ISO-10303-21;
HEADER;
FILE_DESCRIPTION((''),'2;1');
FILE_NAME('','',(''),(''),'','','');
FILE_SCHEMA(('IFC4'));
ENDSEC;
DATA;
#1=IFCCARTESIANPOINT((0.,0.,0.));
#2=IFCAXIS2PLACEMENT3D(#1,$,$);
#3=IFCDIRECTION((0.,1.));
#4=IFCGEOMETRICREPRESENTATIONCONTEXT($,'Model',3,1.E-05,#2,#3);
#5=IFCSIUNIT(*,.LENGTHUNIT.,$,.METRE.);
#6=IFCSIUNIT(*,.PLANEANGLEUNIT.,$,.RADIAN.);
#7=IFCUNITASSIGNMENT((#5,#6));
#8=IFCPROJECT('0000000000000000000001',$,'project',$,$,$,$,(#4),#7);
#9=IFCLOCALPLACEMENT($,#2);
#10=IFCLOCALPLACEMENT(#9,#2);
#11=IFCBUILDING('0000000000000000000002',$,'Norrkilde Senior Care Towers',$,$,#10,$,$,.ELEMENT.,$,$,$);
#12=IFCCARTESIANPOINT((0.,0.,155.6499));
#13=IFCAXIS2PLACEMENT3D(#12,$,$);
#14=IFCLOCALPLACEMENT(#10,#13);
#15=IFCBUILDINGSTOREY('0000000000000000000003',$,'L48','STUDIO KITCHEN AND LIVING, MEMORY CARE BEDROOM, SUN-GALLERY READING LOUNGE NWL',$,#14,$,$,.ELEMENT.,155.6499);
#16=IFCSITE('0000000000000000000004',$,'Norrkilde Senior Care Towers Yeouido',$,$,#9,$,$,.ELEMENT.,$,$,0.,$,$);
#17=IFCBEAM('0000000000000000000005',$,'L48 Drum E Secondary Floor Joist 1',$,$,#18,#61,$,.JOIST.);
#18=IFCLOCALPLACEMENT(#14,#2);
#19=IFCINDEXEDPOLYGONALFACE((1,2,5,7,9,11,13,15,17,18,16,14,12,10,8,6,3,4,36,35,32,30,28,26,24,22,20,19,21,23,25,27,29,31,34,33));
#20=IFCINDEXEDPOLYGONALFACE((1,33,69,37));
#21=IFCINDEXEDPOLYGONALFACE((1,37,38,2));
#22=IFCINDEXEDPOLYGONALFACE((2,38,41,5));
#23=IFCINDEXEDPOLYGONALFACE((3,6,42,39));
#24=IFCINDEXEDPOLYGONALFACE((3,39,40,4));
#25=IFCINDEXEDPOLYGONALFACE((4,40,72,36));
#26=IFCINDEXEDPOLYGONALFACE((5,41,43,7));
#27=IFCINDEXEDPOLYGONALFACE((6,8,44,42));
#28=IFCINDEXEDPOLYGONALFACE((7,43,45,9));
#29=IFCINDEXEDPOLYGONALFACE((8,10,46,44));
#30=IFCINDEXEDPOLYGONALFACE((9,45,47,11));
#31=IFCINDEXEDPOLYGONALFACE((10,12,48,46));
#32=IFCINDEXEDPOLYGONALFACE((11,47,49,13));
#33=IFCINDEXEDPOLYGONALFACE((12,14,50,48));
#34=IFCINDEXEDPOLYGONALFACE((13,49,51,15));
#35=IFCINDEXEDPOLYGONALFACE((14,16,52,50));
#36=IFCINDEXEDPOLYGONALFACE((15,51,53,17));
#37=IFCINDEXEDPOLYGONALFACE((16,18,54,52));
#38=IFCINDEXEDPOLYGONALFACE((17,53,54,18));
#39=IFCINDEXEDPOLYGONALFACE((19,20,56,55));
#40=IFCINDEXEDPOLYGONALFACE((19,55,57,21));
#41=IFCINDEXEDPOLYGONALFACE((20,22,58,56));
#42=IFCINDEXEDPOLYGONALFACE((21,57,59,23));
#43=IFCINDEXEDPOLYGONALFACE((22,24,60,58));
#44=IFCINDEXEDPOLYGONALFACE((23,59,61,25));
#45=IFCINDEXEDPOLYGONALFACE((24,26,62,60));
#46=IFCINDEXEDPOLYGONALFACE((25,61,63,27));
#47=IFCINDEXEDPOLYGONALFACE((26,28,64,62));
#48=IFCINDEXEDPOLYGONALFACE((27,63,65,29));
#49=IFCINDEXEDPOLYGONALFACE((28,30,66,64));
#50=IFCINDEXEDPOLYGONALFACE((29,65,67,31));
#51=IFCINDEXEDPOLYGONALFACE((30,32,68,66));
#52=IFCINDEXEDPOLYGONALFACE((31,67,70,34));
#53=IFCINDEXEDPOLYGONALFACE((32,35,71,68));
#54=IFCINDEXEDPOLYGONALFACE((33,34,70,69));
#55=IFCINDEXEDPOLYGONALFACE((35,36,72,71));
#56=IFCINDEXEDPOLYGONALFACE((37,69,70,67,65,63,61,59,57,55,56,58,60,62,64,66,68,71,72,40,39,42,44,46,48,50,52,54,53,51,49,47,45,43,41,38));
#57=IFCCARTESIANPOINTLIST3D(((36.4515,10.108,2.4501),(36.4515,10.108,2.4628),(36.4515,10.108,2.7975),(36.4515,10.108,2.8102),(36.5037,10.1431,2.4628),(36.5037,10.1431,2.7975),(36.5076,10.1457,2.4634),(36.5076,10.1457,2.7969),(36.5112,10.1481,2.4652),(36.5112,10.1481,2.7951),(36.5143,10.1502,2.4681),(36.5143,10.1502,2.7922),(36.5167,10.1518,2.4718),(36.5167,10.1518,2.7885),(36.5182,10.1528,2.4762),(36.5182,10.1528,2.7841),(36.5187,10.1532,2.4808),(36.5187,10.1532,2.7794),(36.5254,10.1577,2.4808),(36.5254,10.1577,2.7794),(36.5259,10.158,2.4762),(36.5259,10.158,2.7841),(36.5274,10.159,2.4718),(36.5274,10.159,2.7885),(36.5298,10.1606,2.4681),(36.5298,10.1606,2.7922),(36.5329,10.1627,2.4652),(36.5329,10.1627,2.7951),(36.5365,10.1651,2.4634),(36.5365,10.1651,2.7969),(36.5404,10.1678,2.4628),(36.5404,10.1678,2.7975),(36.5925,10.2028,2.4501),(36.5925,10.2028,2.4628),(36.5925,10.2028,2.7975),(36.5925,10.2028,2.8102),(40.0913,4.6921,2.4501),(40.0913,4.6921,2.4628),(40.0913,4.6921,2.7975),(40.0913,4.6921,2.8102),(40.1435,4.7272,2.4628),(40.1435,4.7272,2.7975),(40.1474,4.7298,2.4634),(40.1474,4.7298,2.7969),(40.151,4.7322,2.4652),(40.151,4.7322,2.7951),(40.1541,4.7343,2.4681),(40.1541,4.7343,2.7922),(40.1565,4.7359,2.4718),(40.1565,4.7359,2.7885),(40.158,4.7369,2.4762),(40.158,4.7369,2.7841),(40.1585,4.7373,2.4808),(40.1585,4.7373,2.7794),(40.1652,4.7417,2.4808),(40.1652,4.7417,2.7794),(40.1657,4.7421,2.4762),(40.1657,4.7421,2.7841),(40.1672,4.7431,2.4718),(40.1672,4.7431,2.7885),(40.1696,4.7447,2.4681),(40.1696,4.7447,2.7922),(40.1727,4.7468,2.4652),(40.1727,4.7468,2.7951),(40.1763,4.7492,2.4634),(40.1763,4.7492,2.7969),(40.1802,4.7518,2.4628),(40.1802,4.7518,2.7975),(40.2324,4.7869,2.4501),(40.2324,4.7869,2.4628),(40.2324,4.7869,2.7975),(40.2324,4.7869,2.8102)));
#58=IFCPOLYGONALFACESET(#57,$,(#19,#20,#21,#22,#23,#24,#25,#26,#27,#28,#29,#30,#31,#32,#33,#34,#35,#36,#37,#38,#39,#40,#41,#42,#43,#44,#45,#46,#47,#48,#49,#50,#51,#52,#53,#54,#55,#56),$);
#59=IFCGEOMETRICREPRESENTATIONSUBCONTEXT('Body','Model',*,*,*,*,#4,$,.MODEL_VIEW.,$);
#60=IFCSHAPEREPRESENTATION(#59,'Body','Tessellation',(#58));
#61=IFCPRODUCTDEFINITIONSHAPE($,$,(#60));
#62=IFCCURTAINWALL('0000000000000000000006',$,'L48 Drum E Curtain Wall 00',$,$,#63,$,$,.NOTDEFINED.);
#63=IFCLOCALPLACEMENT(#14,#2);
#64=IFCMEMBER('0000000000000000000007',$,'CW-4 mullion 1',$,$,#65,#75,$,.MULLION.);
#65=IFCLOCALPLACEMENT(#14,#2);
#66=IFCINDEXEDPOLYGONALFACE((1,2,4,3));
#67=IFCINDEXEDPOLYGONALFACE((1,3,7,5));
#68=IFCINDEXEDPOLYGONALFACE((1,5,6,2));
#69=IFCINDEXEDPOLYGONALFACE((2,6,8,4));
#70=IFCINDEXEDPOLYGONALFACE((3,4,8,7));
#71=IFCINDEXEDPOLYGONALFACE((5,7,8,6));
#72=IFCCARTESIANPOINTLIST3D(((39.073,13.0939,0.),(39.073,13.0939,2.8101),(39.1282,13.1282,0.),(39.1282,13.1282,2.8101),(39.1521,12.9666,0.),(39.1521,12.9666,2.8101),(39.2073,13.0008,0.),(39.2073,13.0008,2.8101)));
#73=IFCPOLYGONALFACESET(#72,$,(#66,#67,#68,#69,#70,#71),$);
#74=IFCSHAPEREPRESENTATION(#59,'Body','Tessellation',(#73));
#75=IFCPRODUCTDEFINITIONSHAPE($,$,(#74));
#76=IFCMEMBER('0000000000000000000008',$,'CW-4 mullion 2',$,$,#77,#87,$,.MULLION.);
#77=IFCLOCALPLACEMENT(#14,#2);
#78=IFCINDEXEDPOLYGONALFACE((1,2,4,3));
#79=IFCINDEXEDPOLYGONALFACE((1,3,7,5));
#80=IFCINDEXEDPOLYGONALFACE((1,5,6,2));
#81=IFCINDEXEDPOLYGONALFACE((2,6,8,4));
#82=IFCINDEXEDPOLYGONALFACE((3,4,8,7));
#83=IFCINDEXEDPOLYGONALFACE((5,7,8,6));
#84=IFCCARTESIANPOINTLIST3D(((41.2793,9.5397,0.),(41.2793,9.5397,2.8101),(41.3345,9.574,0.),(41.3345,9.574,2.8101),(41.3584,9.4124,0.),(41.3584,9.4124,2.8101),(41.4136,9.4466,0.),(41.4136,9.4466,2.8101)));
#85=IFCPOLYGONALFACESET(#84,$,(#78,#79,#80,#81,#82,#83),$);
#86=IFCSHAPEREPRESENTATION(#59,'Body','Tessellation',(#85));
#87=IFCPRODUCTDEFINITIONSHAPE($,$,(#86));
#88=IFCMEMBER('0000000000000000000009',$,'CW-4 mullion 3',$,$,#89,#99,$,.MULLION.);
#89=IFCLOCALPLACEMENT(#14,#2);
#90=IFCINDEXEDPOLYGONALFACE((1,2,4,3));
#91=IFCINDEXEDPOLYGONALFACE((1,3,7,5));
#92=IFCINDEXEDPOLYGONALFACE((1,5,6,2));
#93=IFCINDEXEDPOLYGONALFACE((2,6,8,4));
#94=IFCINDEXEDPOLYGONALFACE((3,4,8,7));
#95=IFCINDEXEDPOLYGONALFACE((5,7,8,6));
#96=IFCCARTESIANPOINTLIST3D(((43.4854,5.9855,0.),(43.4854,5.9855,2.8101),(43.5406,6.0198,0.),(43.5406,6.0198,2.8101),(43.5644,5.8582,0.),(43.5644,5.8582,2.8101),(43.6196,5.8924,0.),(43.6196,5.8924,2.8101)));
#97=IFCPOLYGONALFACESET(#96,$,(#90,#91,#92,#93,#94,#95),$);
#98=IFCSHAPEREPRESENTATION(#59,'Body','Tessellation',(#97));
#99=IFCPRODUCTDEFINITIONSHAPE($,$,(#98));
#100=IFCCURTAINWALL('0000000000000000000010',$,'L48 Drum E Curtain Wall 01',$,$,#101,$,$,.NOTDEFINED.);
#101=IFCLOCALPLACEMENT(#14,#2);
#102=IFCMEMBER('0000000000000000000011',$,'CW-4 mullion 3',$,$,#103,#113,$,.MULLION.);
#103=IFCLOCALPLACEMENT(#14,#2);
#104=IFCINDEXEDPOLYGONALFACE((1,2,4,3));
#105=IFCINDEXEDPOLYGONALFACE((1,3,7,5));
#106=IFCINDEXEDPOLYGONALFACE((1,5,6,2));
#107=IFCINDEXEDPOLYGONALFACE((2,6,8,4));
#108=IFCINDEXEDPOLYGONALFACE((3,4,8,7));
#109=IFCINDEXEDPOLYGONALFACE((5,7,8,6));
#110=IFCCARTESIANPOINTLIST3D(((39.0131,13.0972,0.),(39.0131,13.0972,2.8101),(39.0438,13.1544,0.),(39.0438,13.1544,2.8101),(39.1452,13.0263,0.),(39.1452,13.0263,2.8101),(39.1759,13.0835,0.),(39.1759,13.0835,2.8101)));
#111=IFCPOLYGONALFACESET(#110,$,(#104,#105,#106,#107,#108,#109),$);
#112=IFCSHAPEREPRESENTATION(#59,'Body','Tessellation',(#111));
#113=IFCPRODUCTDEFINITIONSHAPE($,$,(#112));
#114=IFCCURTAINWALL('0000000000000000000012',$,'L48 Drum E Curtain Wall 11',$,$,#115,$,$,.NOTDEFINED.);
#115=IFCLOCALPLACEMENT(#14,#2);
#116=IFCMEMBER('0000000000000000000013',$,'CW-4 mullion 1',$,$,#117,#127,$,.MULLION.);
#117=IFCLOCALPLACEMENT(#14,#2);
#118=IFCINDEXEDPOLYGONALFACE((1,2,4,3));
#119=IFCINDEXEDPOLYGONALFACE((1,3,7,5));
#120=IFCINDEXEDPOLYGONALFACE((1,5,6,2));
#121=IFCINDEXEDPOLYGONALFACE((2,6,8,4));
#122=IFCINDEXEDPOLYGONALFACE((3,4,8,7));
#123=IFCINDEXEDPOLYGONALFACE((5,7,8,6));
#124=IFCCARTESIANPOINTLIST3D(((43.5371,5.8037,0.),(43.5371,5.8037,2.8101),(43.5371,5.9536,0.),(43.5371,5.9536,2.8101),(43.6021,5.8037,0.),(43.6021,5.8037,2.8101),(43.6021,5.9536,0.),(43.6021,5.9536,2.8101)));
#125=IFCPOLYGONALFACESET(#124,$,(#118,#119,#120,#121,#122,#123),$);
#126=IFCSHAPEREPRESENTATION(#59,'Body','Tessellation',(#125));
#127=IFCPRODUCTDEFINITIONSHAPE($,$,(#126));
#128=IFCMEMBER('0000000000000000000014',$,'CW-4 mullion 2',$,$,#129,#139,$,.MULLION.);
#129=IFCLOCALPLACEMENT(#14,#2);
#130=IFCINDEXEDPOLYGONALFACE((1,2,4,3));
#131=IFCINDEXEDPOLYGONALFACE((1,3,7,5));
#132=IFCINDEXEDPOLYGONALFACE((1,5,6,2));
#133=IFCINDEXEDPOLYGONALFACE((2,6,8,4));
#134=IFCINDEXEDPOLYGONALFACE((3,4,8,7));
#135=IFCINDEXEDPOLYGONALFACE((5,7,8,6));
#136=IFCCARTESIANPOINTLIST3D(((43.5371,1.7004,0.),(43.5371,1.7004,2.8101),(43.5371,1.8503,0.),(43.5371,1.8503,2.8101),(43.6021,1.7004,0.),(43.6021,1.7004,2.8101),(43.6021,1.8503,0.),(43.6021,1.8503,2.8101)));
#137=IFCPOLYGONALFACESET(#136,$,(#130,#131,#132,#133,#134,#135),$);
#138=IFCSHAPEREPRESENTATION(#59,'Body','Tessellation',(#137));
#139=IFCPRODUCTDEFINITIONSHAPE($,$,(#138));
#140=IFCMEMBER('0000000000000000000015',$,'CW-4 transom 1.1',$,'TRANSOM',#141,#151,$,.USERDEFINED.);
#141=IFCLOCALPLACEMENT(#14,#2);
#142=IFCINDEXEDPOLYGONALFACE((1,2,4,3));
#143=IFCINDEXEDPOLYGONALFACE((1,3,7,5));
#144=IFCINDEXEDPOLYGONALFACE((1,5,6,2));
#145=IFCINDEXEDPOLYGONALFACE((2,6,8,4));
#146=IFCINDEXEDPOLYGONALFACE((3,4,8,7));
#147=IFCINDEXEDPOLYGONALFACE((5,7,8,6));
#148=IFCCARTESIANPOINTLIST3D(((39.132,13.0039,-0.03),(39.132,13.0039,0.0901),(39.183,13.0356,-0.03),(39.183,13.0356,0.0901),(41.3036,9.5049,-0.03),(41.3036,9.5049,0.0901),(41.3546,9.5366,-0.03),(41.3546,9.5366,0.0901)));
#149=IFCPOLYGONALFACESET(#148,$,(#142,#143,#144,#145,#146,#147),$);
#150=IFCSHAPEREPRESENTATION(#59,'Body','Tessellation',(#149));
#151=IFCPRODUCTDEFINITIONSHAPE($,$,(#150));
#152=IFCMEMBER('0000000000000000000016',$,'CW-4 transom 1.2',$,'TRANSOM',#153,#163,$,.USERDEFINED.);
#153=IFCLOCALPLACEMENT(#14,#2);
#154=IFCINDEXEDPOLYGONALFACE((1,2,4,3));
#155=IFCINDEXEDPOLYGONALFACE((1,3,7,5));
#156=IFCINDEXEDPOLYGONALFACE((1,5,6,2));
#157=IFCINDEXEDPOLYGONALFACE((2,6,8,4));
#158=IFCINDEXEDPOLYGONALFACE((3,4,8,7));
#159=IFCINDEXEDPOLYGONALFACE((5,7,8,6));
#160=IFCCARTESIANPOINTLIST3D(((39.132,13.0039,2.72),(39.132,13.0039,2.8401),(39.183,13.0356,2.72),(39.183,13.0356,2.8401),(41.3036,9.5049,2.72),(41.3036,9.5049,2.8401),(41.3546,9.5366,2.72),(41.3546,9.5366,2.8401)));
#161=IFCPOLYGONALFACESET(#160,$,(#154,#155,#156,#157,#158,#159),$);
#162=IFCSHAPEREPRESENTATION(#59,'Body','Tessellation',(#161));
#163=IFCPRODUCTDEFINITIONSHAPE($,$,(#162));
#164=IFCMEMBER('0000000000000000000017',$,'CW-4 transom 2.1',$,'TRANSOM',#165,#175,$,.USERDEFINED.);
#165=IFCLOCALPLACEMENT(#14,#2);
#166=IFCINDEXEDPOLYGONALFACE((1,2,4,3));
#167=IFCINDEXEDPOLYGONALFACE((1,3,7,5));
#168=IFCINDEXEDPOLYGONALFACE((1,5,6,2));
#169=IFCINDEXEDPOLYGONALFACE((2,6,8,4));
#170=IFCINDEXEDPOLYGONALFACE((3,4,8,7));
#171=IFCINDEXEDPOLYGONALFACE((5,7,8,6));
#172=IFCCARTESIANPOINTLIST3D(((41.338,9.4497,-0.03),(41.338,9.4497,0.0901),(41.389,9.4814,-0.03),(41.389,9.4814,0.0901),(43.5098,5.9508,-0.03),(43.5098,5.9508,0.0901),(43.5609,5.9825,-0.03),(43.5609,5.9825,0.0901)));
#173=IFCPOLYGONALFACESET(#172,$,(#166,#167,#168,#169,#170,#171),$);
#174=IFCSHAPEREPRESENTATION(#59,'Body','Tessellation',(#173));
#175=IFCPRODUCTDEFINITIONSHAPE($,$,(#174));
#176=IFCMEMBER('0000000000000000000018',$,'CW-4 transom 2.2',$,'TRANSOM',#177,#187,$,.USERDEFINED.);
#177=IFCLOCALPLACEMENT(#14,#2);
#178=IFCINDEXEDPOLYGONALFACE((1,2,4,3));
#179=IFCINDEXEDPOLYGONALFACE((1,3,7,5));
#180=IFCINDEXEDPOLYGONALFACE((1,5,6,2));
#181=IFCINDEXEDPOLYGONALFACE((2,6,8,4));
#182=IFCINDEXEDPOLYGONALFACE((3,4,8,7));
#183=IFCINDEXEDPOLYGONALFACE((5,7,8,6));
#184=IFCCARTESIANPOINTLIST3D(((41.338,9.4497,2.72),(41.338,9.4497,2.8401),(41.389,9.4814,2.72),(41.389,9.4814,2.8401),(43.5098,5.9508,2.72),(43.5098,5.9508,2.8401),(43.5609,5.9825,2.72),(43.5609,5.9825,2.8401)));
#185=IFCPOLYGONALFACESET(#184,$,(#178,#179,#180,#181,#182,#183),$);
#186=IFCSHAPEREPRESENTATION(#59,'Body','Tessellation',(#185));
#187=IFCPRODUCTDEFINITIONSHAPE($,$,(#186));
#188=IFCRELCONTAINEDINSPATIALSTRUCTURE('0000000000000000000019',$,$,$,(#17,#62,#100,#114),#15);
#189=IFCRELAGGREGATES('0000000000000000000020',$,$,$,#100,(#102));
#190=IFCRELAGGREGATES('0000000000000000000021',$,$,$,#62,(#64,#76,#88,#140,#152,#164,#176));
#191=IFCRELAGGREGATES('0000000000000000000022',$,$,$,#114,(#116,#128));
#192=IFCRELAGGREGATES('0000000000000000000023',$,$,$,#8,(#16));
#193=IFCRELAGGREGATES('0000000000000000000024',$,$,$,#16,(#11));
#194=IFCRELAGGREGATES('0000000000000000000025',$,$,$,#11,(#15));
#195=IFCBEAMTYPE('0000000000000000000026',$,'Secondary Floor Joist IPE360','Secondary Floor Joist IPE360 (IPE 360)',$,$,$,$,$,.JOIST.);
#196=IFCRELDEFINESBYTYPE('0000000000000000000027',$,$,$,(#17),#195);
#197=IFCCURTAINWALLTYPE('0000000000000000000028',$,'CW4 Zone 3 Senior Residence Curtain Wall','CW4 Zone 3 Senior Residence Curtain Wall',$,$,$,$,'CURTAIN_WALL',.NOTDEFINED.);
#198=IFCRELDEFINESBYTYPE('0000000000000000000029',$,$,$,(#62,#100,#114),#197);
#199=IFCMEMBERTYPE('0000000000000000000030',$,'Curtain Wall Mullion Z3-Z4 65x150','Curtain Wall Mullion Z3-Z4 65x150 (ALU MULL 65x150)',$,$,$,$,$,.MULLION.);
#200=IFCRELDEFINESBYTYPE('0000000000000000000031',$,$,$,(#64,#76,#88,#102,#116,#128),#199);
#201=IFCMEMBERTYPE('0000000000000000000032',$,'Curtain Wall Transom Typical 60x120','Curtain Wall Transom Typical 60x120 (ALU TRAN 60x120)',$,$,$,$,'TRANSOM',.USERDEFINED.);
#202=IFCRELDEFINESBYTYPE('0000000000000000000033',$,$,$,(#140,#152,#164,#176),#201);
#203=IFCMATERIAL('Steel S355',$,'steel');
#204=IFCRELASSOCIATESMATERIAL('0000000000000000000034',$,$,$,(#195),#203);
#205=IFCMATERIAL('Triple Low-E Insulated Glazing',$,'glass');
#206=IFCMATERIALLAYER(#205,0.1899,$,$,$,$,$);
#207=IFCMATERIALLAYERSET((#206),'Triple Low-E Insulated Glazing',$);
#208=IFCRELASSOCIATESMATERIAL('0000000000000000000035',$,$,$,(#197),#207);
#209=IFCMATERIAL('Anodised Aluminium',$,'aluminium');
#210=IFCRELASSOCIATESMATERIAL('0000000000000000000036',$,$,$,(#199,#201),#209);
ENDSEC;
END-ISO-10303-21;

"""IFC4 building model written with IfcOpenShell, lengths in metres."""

from ifc_helpers import new_model, si_unit, direction, frame, origin, origin_2d, place, context, subcontext, project, spatial, rectangle, i_section, extrude, source, transform, mapped, material, layer, layer_set, material_profile, profile_set, type_object, type_shapes, element, aggregate, save


model = new_model("IFC4")

# Units and contexts
model_context = context("Model", 3, precision=1e-05, world=origin(), true_north=direction((0.0, 1.0)))
body_context = subcontext(model_context, "Body", "Model", "MODEL_VIEW")
ifc_project = project(units=[si_unit("LENGTHUNIT", "METRE"), si_unit("PLANEANGLEUNIT", "RADIAN")], contexts=[model_context])

# Site, building, storey
site_placement = place(None, origin())
site = spatial("IfcSite", under=ifc_project, at=site_placement, Name="Norrkilde Senior Care Towers Yeouido", CompositionType="ELEMENT", RefElevation=0.0)
building_placement = place(site_placement, origin())
building = spatial("IfcBuilding", under=site, at=building_placement, Name="Norrkilde Senior Care Towers", CompositionType="ELEMENT")
storey_placement = place(building_placement, frame((0.0, 0.0, 155.6499)))
storey = spatial("IfcBuildingStorey", under=building, at=storey_placement, Name="L48", Description="STUDIO KITCHEN AND LIVING, MEMORY CARE BEDROOM, SUN-GALLERY READING LOUNGE NWL", CompositionType="ELEMENT", Elevation=155.6499)

# Beam
ifc_material_1 = material(Name="Steel S355", Category="steel")
ifc_material_profile_1 = material_profile(ifc_material_1, i_section(OverallWidth=0.1699, OverallDepth=0.3601, WebThickness=0.0081, FlangeThickness=0.0127, FilletRadius=0.0181, at=origin_2d()), Name="IPE 360")
ifc_profile_set_1 = profile_set([ifc_material_profile_1], Name="Steel S355")
beam_type_1 = type_object("IfcBeamType", Name="Secondary Floor Joist IPE360", Description="Secondary Floor Joist IPE360 (IPE 360)", PredefinedType="JOIST", material=ifc_profile_set_1)
shared_shape_1 = source(origin(), body_context, "Body", "SweptSolid", [
    extrude(i_section(OverallWidth=0.1699, OverallDepth=0.3601, WebThickness=0.0081, FlangeThickness=0.0127, FilletRadius=0.0181, at=origin_2d()), origin(), (0.0, 0.0, 1.0), 6.5254),
])
type_shapes(beam_type_1, [shared_shape_1])
beam_1_placement = place(storey_placement, frame((40.1619, 4.7395, 2.6301), z_axis=(-0.557796, 0.829978, 0.0), x_axis=(-0.829978, -0.557796, 0.0)))
element("IfcBeam", 1, at=beam_1_placement, inside=storey, type_object=beam_type_1, Name="L48 Drum E Secondary Floor Joist 1", PredefinedType="JOIST", context=body_context, shape_type="MappedRepresentation", body=[
    mapped(shared_shape_1, transform((0.0, 0.0, 0.0), x_axis=(1.0, 0.0, 0.0), y_axis=(0.0, 1.0, 0.0), z_axis=(0.0, 0.0, 1.0), scale=1.0)),
])

# Curtain wall, members
ifc_material_2 = material(Name="Triple Low-E Insulated Glazing", Category="glass")
ifc_layer_1 = layer(ifc_material_2, 0.1899)
ifc_layer_set_1 = layer_set([ifc_layer_1], Name="Triple Low-E Insulated Glazing")
curtain_wall_type = type_object("IfcCurtainWallType", Name="CW4 Zone 3 Senior Residence Curtain Wall", Description="CW4 Zone 3 Senior Residence Curtain Wall", ElementType="CURTAIN_WALL", PredefinedType="NOTDEFINED", material=ifc_layer_set_1)
curtain_wall_1_placement = place(storey_placement, origin())
curtain_wall_1 = element("IfcCurtainWall", 2, at=curtain_wall_1_placement, inside=storey, type_object=curtain_wall_type, Name="L48 Drum E Curtain Wall 00", PredefinedType="NOTDEFINED")
ifc_material_3 = material(Name="Anodised Aluminium", Category="aluminium")
ifc_material_profile_2 = material_profile(ifc_material_3, rectangle(XDim=0.0649, YDim=0.1499, at=origin_2d()), Name="ALU MULL 65x150")
ifc_profile_set_2 = profile_set([ifc_material_profile_2], Name="Anodised Aluminium")
member_type_1 = type_object("IfcMemberType", Name="Curtain Wall Mullion Z3-Z4 65x150", Description="Curtain Wall Mullion Z3-Z4 65x150 (ALU MULL 65x150)", PredefinedType="MULLION", material=ifc_profile_set_2)
shared_shape_2 = source(origin(), body_context, "Body", "SweptSolid", [
    extrude(rectangle(XDim=0.0649, YDim=0.1499, at=origin_2d()), origin(), (0.0, 0.0, 1.0), 2.8101),
])
type_shapes(member_type_1, [shared_shape_2])
member_1_placement = place(storey_placement, frame((39.1401, 13.0474, 0.0), z_axis=(0.0, 0.0, 1.0), x_axis=(0.849634, 0.527373, 0.0)))
member_1 = element("IfcMember", 3, at=member_1_placement, type_object=member_type_1, Name="CW-4 mullion 1", PredefinedType="MULLION", context=body_context, shape_type="MappedRepresentation", body=[
    mapped(shared_shape_2, transform((0.0, 0.0, 0.0), x_axis=(1.0, 0.0, 0.0), y_axis=(0.0, 1.0, 0.0), z_axis=(0.0, 0.0, 1.0), scale=1.0)),
])
member_2_placement = place(storey_placement, frame((41.3464, 9.4932, 0.0), z_axis=(0.0, 0.0, 1.0), x_axis=(0.849634, 0.527373, 0.0)))
member_2 = element("IfcMember", 4, at=member_2_placement, type_object=member_type_1, Name="CW-4 mullion 2", PredefinedType="MULLION", context=body_context, shape_type="MappedRepresentation", body=[
    mapped(shared_shape_2, transform((0.0, 0.0, 0.0), x_axis=(1.0, 0.0, 0.0), y_axis=(0.0, 1.0, 0.0), z_axis=(0.0, 0.0, 1.0), scale=1.0)),
])
member_3_placement = place(storey_placement, frame((43.5525, 5.939, 0.0), z_axis=(0.0, 0.0, 1.0), x_axis=(0.849634, 0.527373, 0.0)))
member_3 = element("IfcMember", 5, at=member_3_placement, type_object=member_type_1, Name="CW-4 mullion 3", PredefinedType="MULLION", context=body_context, shape_type="MappedRepresentation", body=[
    mapped(shared_shape_2, transform((0.0, 0.0, 0.0), x_axis=(1.0, 0.0, 0.0), y_axis=(0.0, 1.0, 0.0), z_axis=(0.0, 0.0, 1.0), scale=1.0)),
])

# Curtain wall, member
curtain_wall_2_placement = place(storey_placement, origin())
curtain_wall_2 = element("IfcCurtainWall", 6, at=curtain_wall_2_placement, inside=storey, type_object=curtain_wall_type, Name="L48 Drum E Curtain Wall 01", PredefinedType="NOTDEFINED")
member_4_placement = place(storey_placement, frame((39.0945, 13.0903, 0.0), z_axis=(0.0, 0.0, 1.0), x_axis=(0.473117, 0.881, 0.0)))
member_4 = element("IfcMember", 7, at=member_4_placement, type_object=member_type_1, Name="CW-4 mullion 3", PredefinedType="MULLION", context=body_context, shape_type="MappedRepresentation", body=[
    mapped(shared_shape_2, transform((0.0, 0.0, 0.0), x_axis=(1.0, 0.0, 0.0), y_axis=(0.0, 1.0, 0.0), z_axis=(0.0, 0.0, 1.0), scale=1.0)),
])
aggregate(curtain_wall_2, [member_4])

# Curtain wall, members
curtain_wall_3_placement = place(storey_placement, origin())
curtain_wall_3 = element("IfcCurtainWall", 8, at=curtain_wall_3_placement, inside=storey, type_object=curtain_wall_type, Name="L48 Drum E Curtain Wall 11", PredefinedType="NOTDEFINED")
member_5_placement = place(storey_placement, frame((43.5696, 5.8787, 0.0), z_axis=(0.0, 0.0, 1.0), x_axis=(1.0, 0.0, 0.0)))
member_5 = element("IfcMember", 9, at=member_5_placement, type_object=member_type_1, Name="CW-4 mullion 1", PredefinedType="MULLION", context=body_context, shape_type="MappedRepresentation", body=[
    mapped(shared_shape_2, transform((0.0, 0.0, 0.0), x_axis=(1.0, 0.0, 0.0), y_axis=(0.0, 1.0, 0.0), z_axis=(0.0, 0.0, 1.0), scale=1.0)),
])
member_6_placement = place(storey_placement, frame((43.5696, 1.7754, 0.0), z_axis=(0.0, 0.0, 1.0), x_axis=(1.0, 0.0, 0.0)))
member_6 = element("IfcMember", 10, at=member_6_placement, type_object=member_type_1, Name="CW-4 mullion 2", PredefinedType="MULLION", context=body_context, shape_type="MappedRepresentation", body=[
    mapped(shared_shape_2, transform((0.0, 0.0, 0.0), x_axis=(1.0, 0.0, 0.0), y_axis=(0.0, 1.0, 0.0), z_axis=(0.0, 0.0, 1.0), scale=1.0)),
])

# Members
ifc_material_profile_3 = material_profile(ifc_material_3, rectangle(XDim=0.0601, YDim=0.1201, at=origin_2d()), Name="ALU TRAN 60x120")
ifc_profile_set_3 = profile_set([ifc_material_profile_3], Name="Anodised Aluminium")
member_type_2 = type_object("IfcMemberType", Name="Curtain Wall Transom Typical 60x120", Description="Curtain Wall Transom Typical 60x120 (ALU TRAN 60x120)", ElementType="TRANSOM", PredefinedType="USERDEFINED", material=ifc_profile_set_3)
shared_shape_3 = source(origin(), body_context, "Body", "SweptSolid", [
    extrude(rectangle(XDim=0.0601, YDim=0.1201, at=origin_2d()), origin(), (0.0, 0.0, 1.0), 4.1182),
])
member_7_placement = place(storey_placement, frame((39.1575, 13.0198, 0.03), z_axis=(0.527332, -0.849659, 0.0), x_axis=(0.849659, 0.527332, 0.0)))
member_7 = element("IfcMember", 11, at=member_7_placement, type_object=member_type_2, Name="CW-4 transom 1.1", ObjectType="TRANSOM", PredefinedType="USERDEFINED", context=body_context, shape_type="MappedRepresentation", body=[
    mapped(shared_shape_3, transform((0.0, 0.0, 0.0), x_axis=(1.0, 0.0, 0.0), y_axis=(0.0, 1.0, 0.0), z_axis=(0.0, 0.0, 1.0), scale=1.0)),
])
member_8_placement = place(storey_placement, frame((39.1575, 13.0198, 2.78), z_axis=(0.527332, -0.849659, 0.0), x_axis=(0.849659, 0.527332, 0.0)))
member_8 = element("IfcMember", 12, at=member_8_placement, type_object=member_type_2, Name="CW-4 transom 1.2", ObjectType="TRANSOM", PredefinedType="USERDEFINED", context=body_context, shape_type="MappedRepresentation", body=[
    mapped(shared_shape_3, transform((0.0, 0.0, 0.0), x_axis=(1.0, 0.0, 0.0), y_axis=(0.0, 1.0, 0.0), z_axis=(0.0, 0.0, 1.0), scale=1.0)),
])
member_9_placement = place(storey_placement, frame((41.3635, 9.4656, 0.03), z_axis=(0.527375, -0.849633, 0.0), x_axis=(0.849633, 0.527375, 0.0)))
member_9 = element("IfcMember", 13, at=member_9_placement, type_object=member_type_2, Name="CW-4 transom 2.1", ObjectType="TRANSOM", PredefinedType="USERDEFINED", context=body_context, shape_type="MappedRepresentation", body=[
    mapped(shared_shape_3, transform((0.0, 0.0, 0.0), x_axis=(1.0, 0.0, 0.0), y_axis=(0.0, 1.0, 0.0), z_axis=(0.0, 0.0, 1.0), scale=1.0)),
])
member_10_placement = place(storey_placement, frame((41.3635, 9.4656, 2.78), z_axis=(0.527375, -0.849633, 0.0), x_axis=(0.849633, 0.527375, 0.0)))
member_10 = element("IfcMember", 14, at=member_10_placement, type_object=member_type_2, Name="CW-4 transom 2.2", ObjectType="TRANSOM", PredefinedType="USERDEFINED", context=body_context, shape_type="MappedRepresentation", body=[
    mapped(shared_shape_3, transform((0.0, 0.0, 0.0), x_axis=(1.0, 0.0, 0.0), y_axis=(0.0, 1.0, 0.0), z_axis=(0.0, 0.0, 1.0), scale=1.0)),
])

aggregate(curtain_wall_1, [member_1, member_2, member_3, member_7, member_8, member_9, member_10])
aggregate(curtain_wall_3, [member_5, member_6])

save(model, "model.ifc")
